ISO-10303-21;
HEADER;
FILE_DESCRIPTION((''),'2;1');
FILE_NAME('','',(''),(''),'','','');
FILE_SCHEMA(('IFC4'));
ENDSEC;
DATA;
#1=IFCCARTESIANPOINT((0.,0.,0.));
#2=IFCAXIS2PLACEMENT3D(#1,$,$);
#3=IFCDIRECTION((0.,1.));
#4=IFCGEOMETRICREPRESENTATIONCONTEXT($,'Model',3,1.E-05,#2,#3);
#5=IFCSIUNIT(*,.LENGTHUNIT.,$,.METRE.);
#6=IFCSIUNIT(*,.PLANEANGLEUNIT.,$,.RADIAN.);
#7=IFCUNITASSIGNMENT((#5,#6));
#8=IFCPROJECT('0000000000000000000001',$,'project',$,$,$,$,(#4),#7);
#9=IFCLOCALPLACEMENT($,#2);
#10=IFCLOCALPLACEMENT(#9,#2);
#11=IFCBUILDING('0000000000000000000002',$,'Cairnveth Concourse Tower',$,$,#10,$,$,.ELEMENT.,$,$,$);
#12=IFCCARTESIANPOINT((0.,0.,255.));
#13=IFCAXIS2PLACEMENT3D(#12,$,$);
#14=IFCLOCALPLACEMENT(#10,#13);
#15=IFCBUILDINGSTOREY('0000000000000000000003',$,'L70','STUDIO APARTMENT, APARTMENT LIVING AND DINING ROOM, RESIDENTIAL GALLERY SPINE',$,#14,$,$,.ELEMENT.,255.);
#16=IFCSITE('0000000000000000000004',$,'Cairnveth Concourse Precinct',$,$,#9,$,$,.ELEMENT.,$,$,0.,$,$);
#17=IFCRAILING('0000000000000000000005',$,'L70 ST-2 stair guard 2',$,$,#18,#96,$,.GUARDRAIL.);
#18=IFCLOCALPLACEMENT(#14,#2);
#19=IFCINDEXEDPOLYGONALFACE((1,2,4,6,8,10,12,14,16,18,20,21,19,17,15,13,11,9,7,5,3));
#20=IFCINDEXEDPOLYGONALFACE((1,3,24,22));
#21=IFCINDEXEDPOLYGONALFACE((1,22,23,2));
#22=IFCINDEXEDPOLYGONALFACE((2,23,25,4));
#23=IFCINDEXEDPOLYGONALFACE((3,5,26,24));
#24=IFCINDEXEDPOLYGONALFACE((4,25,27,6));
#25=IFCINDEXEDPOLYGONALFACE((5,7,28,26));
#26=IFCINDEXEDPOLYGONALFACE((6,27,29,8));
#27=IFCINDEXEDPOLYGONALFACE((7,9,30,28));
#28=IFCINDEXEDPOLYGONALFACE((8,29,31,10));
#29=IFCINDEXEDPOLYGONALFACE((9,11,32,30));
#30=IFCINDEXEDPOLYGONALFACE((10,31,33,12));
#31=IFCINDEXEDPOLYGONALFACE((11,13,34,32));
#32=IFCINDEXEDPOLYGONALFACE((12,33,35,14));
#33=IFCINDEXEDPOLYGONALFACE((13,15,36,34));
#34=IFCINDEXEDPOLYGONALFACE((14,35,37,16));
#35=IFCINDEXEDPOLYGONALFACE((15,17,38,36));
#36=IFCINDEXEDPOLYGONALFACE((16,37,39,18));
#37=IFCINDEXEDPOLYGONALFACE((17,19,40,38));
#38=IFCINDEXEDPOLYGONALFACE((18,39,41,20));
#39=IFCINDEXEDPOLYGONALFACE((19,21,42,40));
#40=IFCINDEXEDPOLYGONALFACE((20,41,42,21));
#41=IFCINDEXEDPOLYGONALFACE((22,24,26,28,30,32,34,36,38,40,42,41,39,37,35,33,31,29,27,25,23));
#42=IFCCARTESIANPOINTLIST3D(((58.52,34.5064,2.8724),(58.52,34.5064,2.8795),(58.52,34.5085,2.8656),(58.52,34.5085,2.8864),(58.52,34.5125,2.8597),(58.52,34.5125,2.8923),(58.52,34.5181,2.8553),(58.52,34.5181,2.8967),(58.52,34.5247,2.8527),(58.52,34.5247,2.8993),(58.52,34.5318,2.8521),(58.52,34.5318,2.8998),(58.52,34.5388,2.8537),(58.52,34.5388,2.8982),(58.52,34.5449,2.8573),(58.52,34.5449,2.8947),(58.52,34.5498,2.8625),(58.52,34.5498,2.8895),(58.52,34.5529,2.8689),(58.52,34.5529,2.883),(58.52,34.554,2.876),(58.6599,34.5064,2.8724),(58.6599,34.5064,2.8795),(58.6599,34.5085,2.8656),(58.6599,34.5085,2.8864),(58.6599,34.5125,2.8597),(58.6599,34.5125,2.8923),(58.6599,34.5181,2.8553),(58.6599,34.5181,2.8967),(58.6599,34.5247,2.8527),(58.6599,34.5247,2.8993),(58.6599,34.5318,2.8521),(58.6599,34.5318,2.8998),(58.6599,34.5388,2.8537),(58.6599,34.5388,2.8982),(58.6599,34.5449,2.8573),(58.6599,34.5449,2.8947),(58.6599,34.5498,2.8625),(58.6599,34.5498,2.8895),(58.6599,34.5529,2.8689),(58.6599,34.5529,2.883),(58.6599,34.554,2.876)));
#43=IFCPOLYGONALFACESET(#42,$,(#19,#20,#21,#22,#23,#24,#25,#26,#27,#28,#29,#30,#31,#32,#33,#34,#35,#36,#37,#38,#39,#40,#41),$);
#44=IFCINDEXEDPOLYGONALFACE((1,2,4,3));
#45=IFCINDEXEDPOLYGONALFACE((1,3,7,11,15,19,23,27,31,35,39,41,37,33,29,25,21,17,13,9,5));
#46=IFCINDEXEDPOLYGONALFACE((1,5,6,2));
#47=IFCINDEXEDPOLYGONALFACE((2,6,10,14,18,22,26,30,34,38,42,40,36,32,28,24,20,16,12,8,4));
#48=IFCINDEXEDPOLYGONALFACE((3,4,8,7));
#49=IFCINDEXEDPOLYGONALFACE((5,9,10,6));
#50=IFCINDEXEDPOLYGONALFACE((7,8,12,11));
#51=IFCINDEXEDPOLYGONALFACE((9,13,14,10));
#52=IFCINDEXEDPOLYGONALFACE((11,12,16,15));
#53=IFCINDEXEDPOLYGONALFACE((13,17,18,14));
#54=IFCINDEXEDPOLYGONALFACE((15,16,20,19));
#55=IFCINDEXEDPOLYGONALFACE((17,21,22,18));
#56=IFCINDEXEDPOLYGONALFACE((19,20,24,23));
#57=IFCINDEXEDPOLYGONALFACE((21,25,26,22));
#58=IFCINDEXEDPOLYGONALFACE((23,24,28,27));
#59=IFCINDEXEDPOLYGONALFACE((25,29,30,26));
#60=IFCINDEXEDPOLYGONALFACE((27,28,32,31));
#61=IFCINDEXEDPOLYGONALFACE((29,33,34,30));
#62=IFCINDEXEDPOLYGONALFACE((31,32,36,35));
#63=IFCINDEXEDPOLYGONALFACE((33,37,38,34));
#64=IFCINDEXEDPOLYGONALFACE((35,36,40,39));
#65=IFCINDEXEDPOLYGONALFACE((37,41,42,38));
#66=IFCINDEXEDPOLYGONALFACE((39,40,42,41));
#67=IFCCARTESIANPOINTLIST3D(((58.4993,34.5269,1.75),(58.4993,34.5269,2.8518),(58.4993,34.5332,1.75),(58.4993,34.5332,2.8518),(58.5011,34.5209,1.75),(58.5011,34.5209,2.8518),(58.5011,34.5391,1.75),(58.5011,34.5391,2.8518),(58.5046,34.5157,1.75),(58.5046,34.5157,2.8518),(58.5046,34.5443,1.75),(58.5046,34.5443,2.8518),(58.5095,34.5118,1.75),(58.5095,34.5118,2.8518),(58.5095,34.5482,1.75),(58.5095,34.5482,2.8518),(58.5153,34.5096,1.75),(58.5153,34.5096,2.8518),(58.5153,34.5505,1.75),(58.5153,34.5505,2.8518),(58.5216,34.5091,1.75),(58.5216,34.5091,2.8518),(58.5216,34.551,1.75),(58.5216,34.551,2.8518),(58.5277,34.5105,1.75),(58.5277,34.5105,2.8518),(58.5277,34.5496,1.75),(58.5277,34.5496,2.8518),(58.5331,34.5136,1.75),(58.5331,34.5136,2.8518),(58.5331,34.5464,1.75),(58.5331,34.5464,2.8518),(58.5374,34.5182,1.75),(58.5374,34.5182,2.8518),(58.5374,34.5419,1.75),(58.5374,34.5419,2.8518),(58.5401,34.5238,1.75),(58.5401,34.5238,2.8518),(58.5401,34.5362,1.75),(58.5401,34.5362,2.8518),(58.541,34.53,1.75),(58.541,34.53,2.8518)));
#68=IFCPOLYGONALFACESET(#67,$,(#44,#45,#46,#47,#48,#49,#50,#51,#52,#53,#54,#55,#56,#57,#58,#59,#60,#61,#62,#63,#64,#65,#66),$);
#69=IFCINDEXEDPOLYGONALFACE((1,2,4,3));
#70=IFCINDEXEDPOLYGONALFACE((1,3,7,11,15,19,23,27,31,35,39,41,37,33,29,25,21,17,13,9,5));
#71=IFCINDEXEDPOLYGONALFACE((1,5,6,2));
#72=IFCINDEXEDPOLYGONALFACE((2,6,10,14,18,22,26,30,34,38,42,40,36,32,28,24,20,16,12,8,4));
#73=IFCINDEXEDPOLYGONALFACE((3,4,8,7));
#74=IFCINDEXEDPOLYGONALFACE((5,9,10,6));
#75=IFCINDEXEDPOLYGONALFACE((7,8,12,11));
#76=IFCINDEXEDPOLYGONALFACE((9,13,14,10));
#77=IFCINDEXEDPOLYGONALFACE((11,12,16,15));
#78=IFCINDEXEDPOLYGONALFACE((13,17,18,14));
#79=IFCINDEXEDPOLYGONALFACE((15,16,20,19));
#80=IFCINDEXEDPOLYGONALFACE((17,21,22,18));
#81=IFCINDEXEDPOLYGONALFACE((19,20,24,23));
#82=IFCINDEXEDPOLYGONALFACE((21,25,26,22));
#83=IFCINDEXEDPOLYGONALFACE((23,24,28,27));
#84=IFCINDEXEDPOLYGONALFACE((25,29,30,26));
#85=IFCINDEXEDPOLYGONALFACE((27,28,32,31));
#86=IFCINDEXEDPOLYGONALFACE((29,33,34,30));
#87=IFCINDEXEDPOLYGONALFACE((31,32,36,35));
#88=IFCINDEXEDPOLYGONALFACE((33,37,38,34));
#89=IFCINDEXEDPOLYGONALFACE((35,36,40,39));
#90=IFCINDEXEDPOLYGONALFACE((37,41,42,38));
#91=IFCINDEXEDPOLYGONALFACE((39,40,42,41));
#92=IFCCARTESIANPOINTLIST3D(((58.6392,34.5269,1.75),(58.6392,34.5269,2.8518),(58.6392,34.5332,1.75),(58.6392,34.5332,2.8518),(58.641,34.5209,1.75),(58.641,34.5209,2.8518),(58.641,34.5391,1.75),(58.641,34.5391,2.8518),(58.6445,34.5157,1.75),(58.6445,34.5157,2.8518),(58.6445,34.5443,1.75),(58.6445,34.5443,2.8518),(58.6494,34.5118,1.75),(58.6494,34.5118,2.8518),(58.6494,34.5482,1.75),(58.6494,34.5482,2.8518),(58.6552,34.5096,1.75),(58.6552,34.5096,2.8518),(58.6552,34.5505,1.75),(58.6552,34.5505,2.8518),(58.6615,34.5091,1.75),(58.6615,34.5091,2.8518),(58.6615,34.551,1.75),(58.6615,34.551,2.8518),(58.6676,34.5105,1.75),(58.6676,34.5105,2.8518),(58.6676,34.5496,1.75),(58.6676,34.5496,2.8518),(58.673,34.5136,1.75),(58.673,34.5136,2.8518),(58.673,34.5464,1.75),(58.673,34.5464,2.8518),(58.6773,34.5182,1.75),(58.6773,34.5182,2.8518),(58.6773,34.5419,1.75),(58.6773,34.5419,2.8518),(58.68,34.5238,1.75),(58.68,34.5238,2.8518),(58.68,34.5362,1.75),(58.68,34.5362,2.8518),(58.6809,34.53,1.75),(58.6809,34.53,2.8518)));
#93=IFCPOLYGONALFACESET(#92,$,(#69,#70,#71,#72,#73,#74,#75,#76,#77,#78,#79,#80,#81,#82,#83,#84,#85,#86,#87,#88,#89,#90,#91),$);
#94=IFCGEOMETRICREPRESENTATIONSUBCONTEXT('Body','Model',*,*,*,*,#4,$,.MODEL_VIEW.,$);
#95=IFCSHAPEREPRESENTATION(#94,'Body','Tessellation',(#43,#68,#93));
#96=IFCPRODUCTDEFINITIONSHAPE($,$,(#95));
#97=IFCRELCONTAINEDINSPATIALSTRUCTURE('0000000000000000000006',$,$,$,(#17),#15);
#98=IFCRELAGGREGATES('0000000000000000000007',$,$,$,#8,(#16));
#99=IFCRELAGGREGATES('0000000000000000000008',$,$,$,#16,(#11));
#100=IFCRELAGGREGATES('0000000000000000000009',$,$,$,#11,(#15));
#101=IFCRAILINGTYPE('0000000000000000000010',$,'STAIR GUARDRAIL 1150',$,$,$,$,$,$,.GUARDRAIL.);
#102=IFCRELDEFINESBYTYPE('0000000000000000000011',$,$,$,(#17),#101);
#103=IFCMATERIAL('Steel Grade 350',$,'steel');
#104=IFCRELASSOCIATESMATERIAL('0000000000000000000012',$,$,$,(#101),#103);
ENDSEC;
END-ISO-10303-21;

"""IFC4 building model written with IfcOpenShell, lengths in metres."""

from ifc_helpers import new_model, si_unit, direction, frame, origin, origin_2d, place, context, subcontext, project, spatial, circle, extrude, material, type_object, element, save


model = new_model("IFC4")

# Units and contexts
model_context = context("Model", 3, precision=1e-05, world=origin(), true_north=direction((0.0, 1.0)))
body_context = subcontext(model_context, "Body", "Model", "MODEL_VIEW")
ifc_project = project(units=[si_unit("LENGTHUNIT", "METRE"), si_unit("PLANEANGLEUNIT", "RADIAN")], contexts=[model_context])

# Site, building, storey
site_placement = place(None, origin())
site = spatial("IfcSite", under=ifc_project, at=site_placement, Name="Cairnveth Concourse Precinct", CompositionType="ELEMENT", RefElevation=0.0)
building_placement = place(site_placement, origin())
building = spatial("IfcBuilding", under=site, at=building_placement, Name="Cairnveth Concourse Tower", CompositionType="ELEMENT")
storey_placement = place(building_placement, frame((0.0, 0.0, 255.0)))
storey = spatial("IfcBuildingStorey", under=building, at=storey_placement, Name="L70", Description="STUDIO APARTMENT, APARTMENT LIVING AND DINING ROOM, RESIDENTIAL GALLERY SPINE", CompositionType="ELEMENT", Elevation=255.0)

# Shared definitions
ifc_material_1 = material(Name="Steel Grade 350", Category="steel")

# Railing
railing_type_1 = type_object("IfcRailingType", Name="STAIR GUARDRAIL 1150", PredefinedType="GUARDRAIL", material=ifc_material_1)
railing_1_placement = place(storey_placement, frame((58.52, 34.53, 1.75)))
element("IfcRailing", 1, at=railing_1_placement, inside=storey, type_object=railing_type_1, Name="L70 ST-2 stair guard 2", PredefinedType="GUARDRAIL", context=body_context, shape_type="SweptSolid", body=[
    extrude(circle(Radius=0.0239, at=origin_2d()), frame((0.0, 0.0, 1.126), z_axis=(1.0, 0.0, 0.0), x_axis=(0.0, 1.0, 0.0)), (0.0, 0.0, 1.0), 0.1399),
    extrude(circle(Radius=0.021, at=origin_2d()), origin(), (0.0, 0.0, 1.0), 1.1018),
    extrude(circle(Radius=0.021, at=origin_2d()), frame((0.1399, 0.0, 0.0)), (0.0, 0.0, 1.0), 1.1018),
])

save(model, "model.ifc")
